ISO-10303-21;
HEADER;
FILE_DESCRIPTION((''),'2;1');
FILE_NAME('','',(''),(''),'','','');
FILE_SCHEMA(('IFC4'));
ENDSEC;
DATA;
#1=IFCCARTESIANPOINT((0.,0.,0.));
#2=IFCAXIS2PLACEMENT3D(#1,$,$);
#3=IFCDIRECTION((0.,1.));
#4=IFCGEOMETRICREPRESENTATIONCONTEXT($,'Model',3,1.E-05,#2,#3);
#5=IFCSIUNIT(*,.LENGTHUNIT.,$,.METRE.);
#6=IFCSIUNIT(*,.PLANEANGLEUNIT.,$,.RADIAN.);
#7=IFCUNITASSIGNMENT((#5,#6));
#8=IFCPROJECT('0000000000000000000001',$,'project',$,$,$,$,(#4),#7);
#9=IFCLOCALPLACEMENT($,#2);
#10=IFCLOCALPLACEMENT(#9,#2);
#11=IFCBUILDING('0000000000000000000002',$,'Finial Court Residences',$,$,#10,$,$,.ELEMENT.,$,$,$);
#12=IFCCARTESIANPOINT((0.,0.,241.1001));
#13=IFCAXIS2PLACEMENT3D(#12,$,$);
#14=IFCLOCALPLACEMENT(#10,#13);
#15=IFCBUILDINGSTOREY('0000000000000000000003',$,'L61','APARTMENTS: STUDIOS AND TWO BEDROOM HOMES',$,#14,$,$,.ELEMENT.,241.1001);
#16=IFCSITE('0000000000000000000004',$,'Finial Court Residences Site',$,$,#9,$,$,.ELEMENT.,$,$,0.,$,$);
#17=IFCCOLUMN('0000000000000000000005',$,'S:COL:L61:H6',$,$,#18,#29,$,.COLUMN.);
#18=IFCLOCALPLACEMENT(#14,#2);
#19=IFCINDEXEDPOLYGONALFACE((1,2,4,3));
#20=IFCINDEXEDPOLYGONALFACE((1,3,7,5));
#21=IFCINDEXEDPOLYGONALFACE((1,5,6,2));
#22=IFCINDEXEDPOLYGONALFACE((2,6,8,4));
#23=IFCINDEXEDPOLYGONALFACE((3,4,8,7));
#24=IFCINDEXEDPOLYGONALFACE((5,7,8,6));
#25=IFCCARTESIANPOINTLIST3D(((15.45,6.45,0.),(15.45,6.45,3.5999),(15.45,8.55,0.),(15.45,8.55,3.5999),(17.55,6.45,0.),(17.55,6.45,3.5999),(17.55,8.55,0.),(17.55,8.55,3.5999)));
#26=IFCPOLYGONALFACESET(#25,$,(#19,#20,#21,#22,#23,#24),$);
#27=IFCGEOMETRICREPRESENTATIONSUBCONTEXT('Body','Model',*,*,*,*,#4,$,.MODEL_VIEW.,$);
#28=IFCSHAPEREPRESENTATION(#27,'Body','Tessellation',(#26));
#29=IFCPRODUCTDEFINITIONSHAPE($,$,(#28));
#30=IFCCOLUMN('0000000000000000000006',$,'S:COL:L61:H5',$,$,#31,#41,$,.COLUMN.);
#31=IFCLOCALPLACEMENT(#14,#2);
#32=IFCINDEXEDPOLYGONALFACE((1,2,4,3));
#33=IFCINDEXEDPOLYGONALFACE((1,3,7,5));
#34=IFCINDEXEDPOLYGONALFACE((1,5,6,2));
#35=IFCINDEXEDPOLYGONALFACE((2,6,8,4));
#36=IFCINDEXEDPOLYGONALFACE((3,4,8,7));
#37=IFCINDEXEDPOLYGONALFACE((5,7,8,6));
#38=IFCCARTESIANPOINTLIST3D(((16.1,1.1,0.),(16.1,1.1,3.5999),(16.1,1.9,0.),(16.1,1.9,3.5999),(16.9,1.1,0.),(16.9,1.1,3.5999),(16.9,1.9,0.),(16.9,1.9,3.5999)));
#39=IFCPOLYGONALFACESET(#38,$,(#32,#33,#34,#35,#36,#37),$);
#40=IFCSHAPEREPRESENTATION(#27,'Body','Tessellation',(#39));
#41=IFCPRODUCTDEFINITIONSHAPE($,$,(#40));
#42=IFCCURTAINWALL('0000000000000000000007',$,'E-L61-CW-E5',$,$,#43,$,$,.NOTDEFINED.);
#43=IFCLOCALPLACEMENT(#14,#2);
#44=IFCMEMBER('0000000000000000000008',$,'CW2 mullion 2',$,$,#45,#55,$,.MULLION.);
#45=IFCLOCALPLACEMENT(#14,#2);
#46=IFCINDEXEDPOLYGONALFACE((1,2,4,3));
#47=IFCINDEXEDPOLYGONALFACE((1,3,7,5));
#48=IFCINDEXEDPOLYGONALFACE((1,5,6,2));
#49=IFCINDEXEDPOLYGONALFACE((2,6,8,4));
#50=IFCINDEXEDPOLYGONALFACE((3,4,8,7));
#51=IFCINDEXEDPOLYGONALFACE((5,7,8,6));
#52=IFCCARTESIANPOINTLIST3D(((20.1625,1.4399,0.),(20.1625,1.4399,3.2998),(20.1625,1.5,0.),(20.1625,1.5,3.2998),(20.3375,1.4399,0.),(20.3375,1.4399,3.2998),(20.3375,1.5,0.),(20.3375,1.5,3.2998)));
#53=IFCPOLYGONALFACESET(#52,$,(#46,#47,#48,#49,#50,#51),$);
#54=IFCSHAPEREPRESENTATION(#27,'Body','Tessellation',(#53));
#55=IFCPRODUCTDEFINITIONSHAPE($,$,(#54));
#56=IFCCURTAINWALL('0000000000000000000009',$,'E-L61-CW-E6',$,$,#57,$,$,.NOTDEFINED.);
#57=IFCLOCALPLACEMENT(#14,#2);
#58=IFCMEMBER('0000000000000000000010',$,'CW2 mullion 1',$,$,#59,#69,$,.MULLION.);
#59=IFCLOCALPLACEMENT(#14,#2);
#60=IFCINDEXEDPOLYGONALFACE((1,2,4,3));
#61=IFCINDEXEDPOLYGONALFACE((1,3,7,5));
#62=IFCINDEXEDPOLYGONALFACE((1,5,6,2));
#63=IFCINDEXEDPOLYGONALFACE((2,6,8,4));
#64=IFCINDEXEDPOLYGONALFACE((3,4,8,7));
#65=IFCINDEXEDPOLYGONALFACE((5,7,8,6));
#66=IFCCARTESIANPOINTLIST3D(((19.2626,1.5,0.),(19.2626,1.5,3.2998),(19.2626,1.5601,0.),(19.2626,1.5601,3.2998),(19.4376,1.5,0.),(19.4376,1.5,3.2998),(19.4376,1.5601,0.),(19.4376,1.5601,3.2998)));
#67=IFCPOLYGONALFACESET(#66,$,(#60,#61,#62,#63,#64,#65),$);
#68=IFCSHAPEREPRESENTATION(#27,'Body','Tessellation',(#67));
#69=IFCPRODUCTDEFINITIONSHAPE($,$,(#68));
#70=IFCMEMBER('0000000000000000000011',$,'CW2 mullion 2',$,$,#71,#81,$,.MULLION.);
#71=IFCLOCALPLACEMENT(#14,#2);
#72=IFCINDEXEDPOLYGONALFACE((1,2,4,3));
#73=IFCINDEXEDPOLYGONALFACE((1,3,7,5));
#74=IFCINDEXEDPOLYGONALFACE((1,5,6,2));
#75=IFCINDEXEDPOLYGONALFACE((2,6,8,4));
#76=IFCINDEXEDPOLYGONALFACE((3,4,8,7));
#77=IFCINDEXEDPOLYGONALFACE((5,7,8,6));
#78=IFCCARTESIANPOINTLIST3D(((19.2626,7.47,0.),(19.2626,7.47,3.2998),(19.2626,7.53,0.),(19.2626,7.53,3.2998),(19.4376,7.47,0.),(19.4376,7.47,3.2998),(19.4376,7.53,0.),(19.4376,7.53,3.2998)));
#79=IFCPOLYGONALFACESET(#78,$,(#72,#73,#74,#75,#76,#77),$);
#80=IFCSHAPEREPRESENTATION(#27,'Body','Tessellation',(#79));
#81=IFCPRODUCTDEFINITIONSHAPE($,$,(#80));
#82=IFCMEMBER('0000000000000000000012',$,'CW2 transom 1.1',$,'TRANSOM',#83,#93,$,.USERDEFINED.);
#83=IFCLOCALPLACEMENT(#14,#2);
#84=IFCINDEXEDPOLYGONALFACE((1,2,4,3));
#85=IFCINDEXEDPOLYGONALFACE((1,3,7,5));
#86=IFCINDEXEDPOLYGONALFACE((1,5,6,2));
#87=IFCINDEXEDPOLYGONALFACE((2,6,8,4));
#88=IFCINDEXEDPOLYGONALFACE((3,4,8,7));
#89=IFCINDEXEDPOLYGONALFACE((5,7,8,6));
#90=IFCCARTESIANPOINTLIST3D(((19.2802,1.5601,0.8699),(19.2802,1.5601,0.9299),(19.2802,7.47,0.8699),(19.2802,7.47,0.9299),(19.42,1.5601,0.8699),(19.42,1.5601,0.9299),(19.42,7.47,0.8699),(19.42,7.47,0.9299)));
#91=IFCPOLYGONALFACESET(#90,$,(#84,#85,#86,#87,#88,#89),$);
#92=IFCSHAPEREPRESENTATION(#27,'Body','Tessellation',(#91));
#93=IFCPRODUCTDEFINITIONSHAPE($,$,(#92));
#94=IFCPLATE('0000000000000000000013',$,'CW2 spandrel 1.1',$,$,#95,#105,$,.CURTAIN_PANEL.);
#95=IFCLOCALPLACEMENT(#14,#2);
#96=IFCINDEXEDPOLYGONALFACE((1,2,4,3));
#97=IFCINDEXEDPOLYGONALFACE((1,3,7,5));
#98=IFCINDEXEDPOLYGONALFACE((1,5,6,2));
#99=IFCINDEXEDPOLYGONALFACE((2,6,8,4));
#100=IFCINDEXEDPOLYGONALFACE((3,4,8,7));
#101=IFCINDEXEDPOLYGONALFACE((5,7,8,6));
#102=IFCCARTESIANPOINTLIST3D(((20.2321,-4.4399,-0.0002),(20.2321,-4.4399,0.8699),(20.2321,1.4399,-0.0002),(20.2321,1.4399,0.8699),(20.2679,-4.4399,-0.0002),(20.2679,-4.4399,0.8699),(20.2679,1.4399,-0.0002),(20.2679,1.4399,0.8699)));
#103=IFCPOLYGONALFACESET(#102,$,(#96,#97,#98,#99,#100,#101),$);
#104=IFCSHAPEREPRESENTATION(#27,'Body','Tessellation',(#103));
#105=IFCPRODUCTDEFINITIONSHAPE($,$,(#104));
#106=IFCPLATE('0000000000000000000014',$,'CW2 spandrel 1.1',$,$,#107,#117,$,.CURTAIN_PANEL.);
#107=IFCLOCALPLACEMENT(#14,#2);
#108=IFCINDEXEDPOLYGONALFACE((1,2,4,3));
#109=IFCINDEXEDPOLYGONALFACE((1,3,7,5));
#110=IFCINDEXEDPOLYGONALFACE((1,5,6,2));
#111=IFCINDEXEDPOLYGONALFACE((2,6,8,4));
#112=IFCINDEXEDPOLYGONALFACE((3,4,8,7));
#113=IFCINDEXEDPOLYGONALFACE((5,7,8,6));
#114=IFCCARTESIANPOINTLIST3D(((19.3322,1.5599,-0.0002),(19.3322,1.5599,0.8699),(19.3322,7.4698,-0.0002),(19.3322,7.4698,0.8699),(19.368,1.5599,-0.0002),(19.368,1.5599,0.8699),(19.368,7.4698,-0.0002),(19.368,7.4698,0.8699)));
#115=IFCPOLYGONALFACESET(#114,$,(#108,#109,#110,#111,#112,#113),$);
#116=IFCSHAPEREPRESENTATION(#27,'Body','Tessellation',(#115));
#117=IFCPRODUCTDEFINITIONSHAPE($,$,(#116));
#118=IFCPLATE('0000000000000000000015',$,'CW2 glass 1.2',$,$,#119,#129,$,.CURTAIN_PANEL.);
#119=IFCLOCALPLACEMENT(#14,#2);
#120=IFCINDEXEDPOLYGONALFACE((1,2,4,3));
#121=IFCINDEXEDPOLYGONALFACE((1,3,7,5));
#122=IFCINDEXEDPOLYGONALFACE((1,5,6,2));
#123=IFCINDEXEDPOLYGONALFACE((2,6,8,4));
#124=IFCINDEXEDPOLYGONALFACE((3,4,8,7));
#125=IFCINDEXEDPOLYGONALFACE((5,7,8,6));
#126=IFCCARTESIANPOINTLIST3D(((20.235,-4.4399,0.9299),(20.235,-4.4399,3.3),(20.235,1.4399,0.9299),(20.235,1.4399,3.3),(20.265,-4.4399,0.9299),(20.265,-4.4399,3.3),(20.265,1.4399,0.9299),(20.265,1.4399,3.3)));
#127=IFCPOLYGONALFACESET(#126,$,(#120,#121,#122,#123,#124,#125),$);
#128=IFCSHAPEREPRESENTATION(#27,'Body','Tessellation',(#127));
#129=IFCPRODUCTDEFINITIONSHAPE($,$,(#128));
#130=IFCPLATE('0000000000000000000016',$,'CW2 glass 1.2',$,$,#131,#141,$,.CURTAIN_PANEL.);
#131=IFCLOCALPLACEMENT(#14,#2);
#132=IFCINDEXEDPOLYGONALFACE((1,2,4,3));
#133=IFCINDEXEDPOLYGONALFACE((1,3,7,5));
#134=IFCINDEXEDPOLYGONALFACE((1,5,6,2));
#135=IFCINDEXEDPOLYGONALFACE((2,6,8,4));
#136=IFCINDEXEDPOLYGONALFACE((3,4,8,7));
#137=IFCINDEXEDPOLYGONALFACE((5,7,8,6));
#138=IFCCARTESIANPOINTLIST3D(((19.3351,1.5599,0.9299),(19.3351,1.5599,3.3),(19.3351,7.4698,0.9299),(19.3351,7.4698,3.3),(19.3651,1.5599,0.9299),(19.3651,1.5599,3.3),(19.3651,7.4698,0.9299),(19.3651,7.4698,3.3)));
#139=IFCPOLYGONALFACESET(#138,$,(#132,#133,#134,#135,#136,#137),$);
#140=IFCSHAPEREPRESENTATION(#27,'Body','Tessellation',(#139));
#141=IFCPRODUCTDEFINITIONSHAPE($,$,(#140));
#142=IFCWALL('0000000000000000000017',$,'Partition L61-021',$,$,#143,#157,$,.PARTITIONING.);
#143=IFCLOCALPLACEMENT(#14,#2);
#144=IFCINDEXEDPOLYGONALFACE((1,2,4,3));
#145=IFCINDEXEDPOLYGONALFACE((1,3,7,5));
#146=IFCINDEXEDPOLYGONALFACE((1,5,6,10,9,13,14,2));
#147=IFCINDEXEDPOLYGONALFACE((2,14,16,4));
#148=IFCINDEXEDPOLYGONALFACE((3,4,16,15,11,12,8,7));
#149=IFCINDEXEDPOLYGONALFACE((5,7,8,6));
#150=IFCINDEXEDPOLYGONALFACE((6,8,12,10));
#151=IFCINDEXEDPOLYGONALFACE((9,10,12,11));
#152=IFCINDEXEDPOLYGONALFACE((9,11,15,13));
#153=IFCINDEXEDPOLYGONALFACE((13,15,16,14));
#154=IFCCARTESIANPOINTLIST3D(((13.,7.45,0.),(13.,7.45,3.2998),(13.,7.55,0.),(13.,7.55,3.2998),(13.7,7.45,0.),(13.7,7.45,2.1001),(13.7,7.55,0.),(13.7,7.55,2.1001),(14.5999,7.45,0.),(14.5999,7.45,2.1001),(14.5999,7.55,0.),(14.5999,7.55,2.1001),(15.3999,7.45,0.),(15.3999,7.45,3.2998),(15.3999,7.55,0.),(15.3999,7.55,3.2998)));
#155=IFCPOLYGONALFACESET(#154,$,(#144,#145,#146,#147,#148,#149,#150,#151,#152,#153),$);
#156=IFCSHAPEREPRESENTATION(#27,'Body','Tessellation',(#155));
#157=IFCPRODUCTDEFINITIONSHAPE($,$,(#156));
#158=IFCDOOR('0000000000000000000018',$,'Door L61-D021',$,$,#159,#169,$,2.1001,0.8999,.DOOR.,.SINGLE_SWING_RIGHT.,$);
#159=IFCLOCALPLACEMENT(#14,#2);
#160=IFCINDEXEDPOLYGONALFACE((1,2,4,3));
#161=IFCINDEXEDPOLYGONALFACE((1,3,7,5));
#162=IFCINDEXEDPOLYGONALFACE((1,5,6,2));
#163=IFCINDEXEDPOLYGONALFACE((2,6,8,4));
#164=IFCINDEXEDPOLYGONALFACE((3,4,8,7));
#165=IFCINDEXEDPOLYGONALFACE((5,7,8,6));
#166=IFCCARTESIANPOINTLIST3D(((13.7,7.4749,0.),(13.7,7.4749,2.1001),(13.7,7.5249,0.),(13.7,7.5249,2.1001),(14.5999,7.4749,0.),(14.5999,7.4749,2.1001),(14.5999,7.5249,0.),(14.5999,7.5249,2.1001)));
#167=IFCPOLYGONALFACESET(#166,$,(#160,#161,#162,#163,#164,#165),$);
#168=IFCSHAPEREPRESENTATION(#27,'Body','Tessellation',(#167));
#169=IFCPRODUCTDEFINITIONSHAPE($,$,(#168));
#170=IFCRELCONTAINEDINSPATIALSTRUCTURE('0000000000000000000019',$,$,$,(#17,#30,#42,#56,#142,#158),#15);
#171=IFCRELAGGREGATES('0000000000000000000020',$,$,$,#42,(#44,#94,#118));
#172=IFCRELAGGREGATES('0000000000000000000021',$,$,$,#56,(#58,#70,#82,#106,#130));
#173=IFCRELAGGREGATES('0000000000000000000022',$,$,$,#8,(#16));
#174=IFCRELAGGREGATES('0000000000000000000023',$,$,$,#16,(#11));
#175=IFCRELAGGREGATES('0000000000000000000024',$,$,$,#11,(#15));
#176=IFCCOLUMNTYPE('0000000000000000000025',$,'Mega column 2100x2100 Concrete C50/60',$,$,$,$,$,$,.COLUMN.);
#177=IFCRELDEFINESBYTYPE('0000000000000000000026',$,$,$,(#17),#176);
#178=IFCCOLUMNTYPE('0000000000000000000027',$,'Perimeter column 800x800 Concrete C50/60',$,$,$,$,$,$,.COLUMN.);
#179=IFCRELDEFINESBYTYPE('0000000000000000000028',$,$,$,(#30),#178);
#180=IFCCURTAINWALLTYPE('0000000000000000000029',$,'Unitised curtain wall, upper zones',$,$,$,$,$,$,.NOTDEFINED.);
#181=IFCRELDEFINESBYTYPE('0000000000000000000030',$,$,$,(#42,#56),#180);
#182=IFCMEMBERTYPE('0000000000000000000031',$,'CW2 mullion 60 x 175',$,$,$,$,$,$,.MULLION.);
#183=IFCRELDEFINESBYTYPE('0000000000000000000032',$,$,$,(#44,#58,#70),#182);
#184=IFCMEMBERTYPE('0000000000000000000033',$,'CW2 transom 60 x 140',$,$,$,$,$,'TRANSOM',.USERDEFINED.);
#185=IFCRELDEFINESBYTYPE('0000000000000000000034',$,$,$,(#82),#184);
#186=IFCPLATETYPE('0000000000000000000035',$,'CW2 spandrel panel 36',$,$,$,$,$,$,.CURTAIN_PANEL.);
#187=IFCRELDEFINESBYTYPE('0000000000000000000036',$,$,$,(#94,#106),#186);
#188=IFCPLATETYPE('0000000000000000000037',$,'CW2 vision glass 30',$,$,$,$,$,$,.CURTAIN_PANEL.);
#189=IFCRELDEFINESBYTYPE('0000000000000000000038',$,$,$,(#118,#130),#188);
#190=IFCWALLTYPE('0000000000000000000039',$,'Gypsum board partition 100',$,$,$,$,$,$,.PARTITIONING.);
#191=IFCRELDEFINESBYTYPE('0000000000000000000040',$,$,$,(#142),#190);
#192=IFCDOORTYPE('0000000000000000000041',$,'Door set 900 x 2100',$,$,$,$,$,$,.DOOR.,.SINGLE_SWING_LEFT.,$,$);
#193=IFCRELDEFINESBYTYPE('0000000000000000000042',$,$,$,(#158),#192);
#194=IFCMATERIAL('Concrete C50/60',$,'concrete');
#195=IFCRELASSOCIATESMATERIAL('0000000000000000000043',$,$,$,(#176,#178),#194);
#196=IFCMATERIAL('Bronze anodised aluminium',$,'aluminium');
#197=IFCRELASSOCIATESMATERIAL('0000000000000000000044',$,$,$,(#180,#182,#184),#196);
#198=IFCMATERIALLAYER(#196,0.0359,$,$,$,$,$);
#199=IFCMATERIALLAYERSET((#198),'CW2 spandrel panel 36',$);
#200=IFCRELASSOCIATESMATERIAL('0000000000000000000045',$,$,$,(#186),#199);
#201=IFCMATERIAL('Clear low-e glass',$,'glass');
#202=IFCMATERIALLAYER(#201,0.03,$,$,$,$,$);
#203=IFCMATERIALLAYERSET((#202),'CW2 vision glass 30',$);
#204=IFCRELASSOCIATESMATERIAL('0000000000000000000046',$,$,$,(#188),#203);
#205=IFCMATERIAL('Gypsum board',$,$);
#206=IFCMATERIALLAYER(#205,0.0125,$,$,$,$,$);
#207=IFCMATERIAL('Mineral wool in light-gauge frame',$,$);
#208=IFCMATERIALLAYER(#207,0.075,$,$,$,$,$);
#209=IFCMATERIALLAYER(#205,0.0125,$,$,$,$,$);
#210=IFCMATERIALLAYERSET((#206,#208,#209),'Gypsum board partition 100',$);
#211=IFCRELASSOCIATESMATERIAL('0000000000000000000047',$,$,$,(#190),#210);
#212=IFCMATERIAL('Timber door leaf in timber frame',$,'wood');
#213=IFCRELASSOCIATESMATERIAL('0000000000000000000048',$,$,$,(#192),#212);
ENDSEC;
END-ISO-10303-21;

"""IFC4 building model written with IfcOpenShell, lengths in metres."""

from ifc_helpers import new_model, si_unit, direction, frame, frame_2d, origin, origin_2d, place, context, subcontext, project, spatial, rectangle, extrude, material, layer, layer_set, material_profile, profile_set, type_object, element, fill, aggregate, save


model = new_model("IFC4")

# Units and contexts
model_context = context("Model", 3, precision=1e-05, world=origin(), true_north=direction((0.0, 1.0)))
body_context = subcontext(model_context, "Body", "Model", "MODEL_VIEW")
ifc_project = project(units=[si_unit("LENGTHUNIT", "METRE"), si_unit("PLANEANGLEUNIT", "RADIAN")], contexts=[model_context])

# Site, building, storey
site_placement = place(None, origin())
site = spatial("IfcSite", under=ifc_project, at=site_placement, Name="Finial Court Residences Site", CompositionType="ELEMENT", RefElevation=0.0)
building_placement = place(site_placement, origin())
building = spatial("IfcBuilding", under=site, at=building_placement, Name="Finial Court Residences", CompositionType="ELEMENT")
storey_placement = place(building_placement, frame((0.0, 0.0, 241.1001)))
storey = spatial("IfcBuildingStorey", under=building, at=storey_placement, Name="L61", Description="APARTMENTS: STUDIOS AND TWO BEDROOM HOMES", CompositionType="ELEMENT", Elevation=241.1001)

# Columns
ifc_material_1 = material(Name="Concrete C50/60", Category="concrete")
ifc_material_profile_1 = material_profile(ifc_material_1, rectangle(XDim=2.1001, YDim=2.1001, at=origin_2d()), Name="2100x2100")
ifc_profile_set_1 = profile_set([ifc_material_profile_1], Name="Concrete C50/60")
column_type_1 = type_object("IfcColumnType", Name="Mega column 2100x2100 Concrete C50/60", PredefinedType="COLUMN", material=ifc_profile_set_1)
column_1_placement = place(storey_placement, frame((16.5, 7.5, 0.0), z_axis=(0.0, 0.0, 1.0), x_axis=(1.0, 0.0, 0.0)))
element("IfcColumn", 1, at=column_1_placement, inside=storey, type_object=column_type_1, Name="S:COL:L61:H6", PredefinedType="COLUMN", context=body_context, shape_type="SweptSolid", body=[
    extrude(rectangle(XDim=2.1001, YDim=2.1001, at=origin_2d()), origin(), (0.0, 0.0, 1.0), 3.5999),
])
ifc_material_profile_2 = material_profile(ifc_material_1, rectangle(XDim=0.8, YDim=0.8, at=origin_2d()), Name="800x800")
ifc_profile_set_2 = profile_set([ifc_material_profile_2], Name="Concrete C50/60")
column_type_2 = type_object("IfcColumnType", Name="Perimeter column 800x800 Concrete C50/60", PredefinedType="COLUMN", material=ifc_profile_set_2)
column_2_placement = place(storey_placement, frame((16.5, 1.5, 0.0), z_axis=(0.0, 0.0, 1.0), x_axis=(1.0, 0.0, 0.0)))
element("IfcColumn", 2, at=column_2_placement, inside=storey, type_object=column_type_2, Name="S:COL:L61:H5", PredefinedType="COLUMN", context=body_context, shape_type="SweptSolid", body=[
    extrude(rectangle(XDim=0.8, YDim=0.8, at=origin_2d()), origin(), (0.0, 0.0, 1.0), 3.5999),
])

# Curtain wall, member
ifc_material_2 = material(Name="Bronze anodised aluminium", Category="aluminium")
curtain_wall_type = type_object("IfcCurtainWallType", Name="Unitised curtain wall, upper zones", PredefinedType="NOTDEFINED", material=ifc_material_2)
curtain_wall_1_placement = place(storey_placement, origin())
curtain_wall_1 = element("IfcCurtainWall", 3, at=curtain_wall_1_placement, inside=storey, type_object=curtain_wall_type, Name="E-L61-CW-E5", PredefinedType="NOTDEFINED")
ifc_material_profile_3 = material_profile(ifc_material_2, rectangle(XDim=0.175, YDim=0.0601, at=origin_2d()), Name="CW2 mullion 60 x 175")
ifc_profile_set_3 = profile_set([ifc_material_profile_3], Name="Bronze anodised aluminium")
member_type_1 = type_object("IfcMemberType", Name="CW2 mullion 60 x 175", PredefinedType="MULLION", material=ifc_profile_set_3)
member_1_placement = place(storey_placement, frame((20.25, 1.47, 0.0), z_axis=(0.0, 0.0, 1.0), x_axis=(-1.0, 0.0, 0.0)))
member_1 = element("IfcMember", 4, at=member_1_placement, type_object=member_type_1, Name="CW2 mullion 2", PredefinedType="MULLION", context=body_context, shape_type="SweptSolid", body=[
    extrude(rectangle(XDim=0.175, YDim=0.0601, at=origin_2d()), origin(), (0.0, 0.0, 1.0), 3.2998),
])

# Curtain wall, members
curtain_wall_2_placement = place(storey_placement, origin())
curtain_wall_2 = element("IfcCurtainWall", 5, at=curtain_wall_2_placement, inside=storey, type_object=curtain_wall_type, Name="E-L61-CW-E6", PredefinedType="NOTDEFINED")
member_2_placement = place(storey_placement, frame((19.3501, 1.53, 0.0), z_axis=(0.0, 0.0, 1.0), x_axis=(-1.0, 0.0, 0.0)))
member_2 = element("IfcMember", 6, at=member_2_placement, type_object=member_type_1, Name="CW2 mullion 1", PredefinedType="MULLION", context=body_context, shape_type="SweptSolid", body=[
    extrude(rectangle(XDim=0.175, YDim=0.0601, at=origin_2d()), origin(), (0.0, 0.0, 1.0), 3.2998),
])
member_3_placement = place(storey_placement, frame((19.3501, 7.5, 0.0), z_axis=(0.0, 0.0, 1.0), x_axis=(-1.0, 0.0, 0.0)))
member_3 = element("IfcMember", 7, at=member_3_placement, type_object=member_type_1, Name="CW2 mullion 2", PredefinedType="MULLION", context=body_context, shape_type="SweptSolid", body=[
    extrude(rectangle(XDim=0.175, YDim=0.0601, at=origin_2d()), origin(), (0.0, 0.0, 1.0), 3.2998),
])
ifc_material_profile_4 = material_profile(ifc_material_2, rectangle(XDim=0.1399, YDim=0.0601, at=origin_2d()), Name="CW2 transom 60 x 140")
ifc_profile_set_4 = profile_set([ifc_material_profile_4], Name="Bronze anodised aluminium")
member_type_2 = type_object("IfcMemberType", Name="CW2 transom 60 x 140", ElementType="TRANSOM", PredefinedType="USERDEFINED", material=ifc_profile_set_4)
member_4_placement = place(storey_placement, frame((19.3501, 1.5601, 0.8999), z_axis=(0.0, 1.0, 0.0), x_axis=(-1.0, 0.0, 0.0)))
member_4 = element("IfcMember", 8, at=member_4_placement, type_object=member_type_2, Name="CW2 transom 1.1", ObjectType="TRANSOM", PredefinedType="USERDEFINED", context=body_context, shape_type="SweptSolid", body=[
    extrude(rectangle(XDim=0.1399, YDim=0.0601, at=origin_2d()), origin(), (0.0, 0.0, 1.0), 5.9099),
])

# Plates
ifc_layer_1 = layer(ifc_material_2, 0.0359)
ifc_layer_set_1 = layer_set([ifc_layer_1], Name="CW2 spandrel panel 36")
plate_type_1 = type_object("IfcPlateType", Name="CW2 spandrel panel 36", PredefinedType="CURTAIN_PANEL", material=ifc_layer_set_1)
plate_1_placement = place(storey_placement, frame((20.25, -1.5, -0.0002), z_axis=(0.0, 0.0, 1.0), x_axis=(0.0, 1.0, 0.0)))
plate_1 = element("IfcPlate", 9, at=plate_1_placement, type_object=plate_type_1, Name="CW2 spandrel 1.1", PredefinedType="CURTAIN_PANEL", context=body_context, shape_type="SweptSolid", body=[
    extrude(rectangle(XDim=5.8799, YDim=0.0359, at=origin_2d()), origin(), (0.0, 0.0, 1.0), 0.8701),
])
plate_2_placement = place(storey_placement, frame((19.3501, 4.5149, -0.0002), z_axis=(0.0, 0.0, 1.0), x_axis=(0.0, 1.0, 0.0)))
plate_2 = element("IfcPlate", 10, at=plate_2_placement, type_object=plate_type_1, Name="CW2 spandrel 1.1", PredefinedType="CURTAIN_PANEL", context=body_context, shape_type="SweptSolid", body=[
    extrude(rectangle(XDim=5.9099, YDim=0.0359, at=origin_2d()), origin(), (0.0, 0.0, 1.0), 0.8701),
])
ifc_material_3 = material(Name="Clear low-e glass", Category="glass")
ifc_layer_2 = layer(ifc_material_3, 0.03)
ifc_layer_set_2 = layer_set([ifc_layer_2], Name="CW2 vision glass 30")
plate_type_2 = type_object("IfcPlateType", Name="CW2 vision glass 30", PredefinedType="CURTAIN_PANEL", material=ifc_layer_set_2)
plate_3_placement = place(storey_placement, frame((20.25, -1.5, 0.9299), z_axis=(0.0, 0.0, 1.0), x_axis=(0.0, 1.0, 0.0)))
plate_3 = element("IfcPlate", 11, at=plate_3_placement, type_object=plate_type_2, Name="CW2 glass 1.2", PredefinedType="CURTAIN_PANEL", context=body_context, shape_type="SweptSolid", body=[
    extrude(rectangle(XDim=5.8799, YDim=0.03, at=origin_2d()), origin(), (0.0, 0.0, 1.0), 2.3701),
])
aggregate(curtain_wall_1, [member_1, plate_1, plate_3])
plate_4_placement = place(storey_placement, frame((19.3501, 4.5149, 0.9299), z_axis=(0.0, 0.0, 1.0), x_axis=(0.0, 1.0, 0.0)))
plate_4 = element("IfcPlate", 12, at=plate_4_placement, type_object=plate_type_2, Name="CW2 glass 1.2", PredefinedType="CURTAIN_PANEL", context=body_context, shape_type="SweptSolid", body=[
    extrude(rectangle(XDim=5.9099, YDim=0.03, at=origin_2d()), origin(), (0.0, 0.0, 1.0), 2.3701),
])
aggregate(curtain_wall_2, [member_2, member_3, member_4, plate_2, plate_4])

# Wall, opening, door
ifc_material_4 = material(Name="Gypsum board")
ifc_layer_3 = layer(ifc_material_4, 0.0125)
ifc_material_5 = material(Name="Mineral wool in light-gauge frame")
ifc_layer_4 = layer(ifc_material_5, 0.075)
ifc_layer_5 = layer(ifc_material_4, 0.0125)
ifc_layer_set_3 = layer_set([ifc_layer_3, ifc_layer_4, ifc_layer_5], Name="Gypsum board partition 100")
wall_type_1 = type_object("IfcWallType", Name="Gypsum board partition 100", PredefinedType="PARTITIONING", material=ifc_layer_set_3)
wall_1_placement = place(storey_placement, frame((13.0, 7.5, 0.0), z_axis=(0.0, 0.0, 1.0), x_axis=(1.0, 0.0, 0.0)))
wall_1 = element("IfcWall", 13, at=wall_1_placement, inside=storey, type_object=wall_type_1, Name="Partition L61-021", PredefinedType="PARTITIONING", context=body_context, shape_type="SweptSolid", body=[
    extrude(rectangle(XDim=2.3999, YDim=0.1001, at=frame_2d((1.2, 0.0))), origin(), (0.0, 0.0, 1.0), 3.2998),
])
opening_1_placement = place(wall_1_placement, frame((0.7, 0.0, 0.0)))
opening_1 = element("IfcOpeningElement", 14, at=opening_1_placement, cuts=wall_1, PredefinedType="OPENING", context=body_context, shape_type="SweptSolid", body=[
    extrude(rectangle(XDim=0.8999, YDim=2.1001, at=frame_2d((0.45, 1.05))), frame((0.0, 0.0601, 0.0), z_axis=(0.0, -1.0, 0.0), x_axis=(1.0, 0.0, 0.0)), (0.0, 0.0, 1.0), 0.1201),
])
ifc_material_6 = material(Name="Timber door leaf in timber frame", Category="wood")
door_type = type_object("IfcDoorType", Name="Door set 900 x 2100", OperationType="SINGLE_SWING_LEFT", PredefinedType="DOOR", material=ifc_material_6)
door_1_placement = place(opening_1_placement, origin())
door_1 = element("IfcDoor", 15, at=door_1_placement, inside=storey, type_object=door_type, Name="Door L61-D021", OperationType="SINGLE_SWING_RIGHT", OverallHeight=2.1001, OverallWidth=0.8999, PredefinedType="DOOR", context=body_context, shape_type="SweptSolid", body=[
    extrude(rectangle(XDim=0.8999, YDim=2.1001, at=frame_2d((0.45, 1.05))), frame((0.0, 0.0249, 0.0), z_axis=(0.0, -1.0, 0.0), x_axis=(1.0, 0.0, 0.0)), (0.0, 0.0, 1.0), 0.05),
])
fill(opening_1, door_1)

save(model, "model.ifc")
